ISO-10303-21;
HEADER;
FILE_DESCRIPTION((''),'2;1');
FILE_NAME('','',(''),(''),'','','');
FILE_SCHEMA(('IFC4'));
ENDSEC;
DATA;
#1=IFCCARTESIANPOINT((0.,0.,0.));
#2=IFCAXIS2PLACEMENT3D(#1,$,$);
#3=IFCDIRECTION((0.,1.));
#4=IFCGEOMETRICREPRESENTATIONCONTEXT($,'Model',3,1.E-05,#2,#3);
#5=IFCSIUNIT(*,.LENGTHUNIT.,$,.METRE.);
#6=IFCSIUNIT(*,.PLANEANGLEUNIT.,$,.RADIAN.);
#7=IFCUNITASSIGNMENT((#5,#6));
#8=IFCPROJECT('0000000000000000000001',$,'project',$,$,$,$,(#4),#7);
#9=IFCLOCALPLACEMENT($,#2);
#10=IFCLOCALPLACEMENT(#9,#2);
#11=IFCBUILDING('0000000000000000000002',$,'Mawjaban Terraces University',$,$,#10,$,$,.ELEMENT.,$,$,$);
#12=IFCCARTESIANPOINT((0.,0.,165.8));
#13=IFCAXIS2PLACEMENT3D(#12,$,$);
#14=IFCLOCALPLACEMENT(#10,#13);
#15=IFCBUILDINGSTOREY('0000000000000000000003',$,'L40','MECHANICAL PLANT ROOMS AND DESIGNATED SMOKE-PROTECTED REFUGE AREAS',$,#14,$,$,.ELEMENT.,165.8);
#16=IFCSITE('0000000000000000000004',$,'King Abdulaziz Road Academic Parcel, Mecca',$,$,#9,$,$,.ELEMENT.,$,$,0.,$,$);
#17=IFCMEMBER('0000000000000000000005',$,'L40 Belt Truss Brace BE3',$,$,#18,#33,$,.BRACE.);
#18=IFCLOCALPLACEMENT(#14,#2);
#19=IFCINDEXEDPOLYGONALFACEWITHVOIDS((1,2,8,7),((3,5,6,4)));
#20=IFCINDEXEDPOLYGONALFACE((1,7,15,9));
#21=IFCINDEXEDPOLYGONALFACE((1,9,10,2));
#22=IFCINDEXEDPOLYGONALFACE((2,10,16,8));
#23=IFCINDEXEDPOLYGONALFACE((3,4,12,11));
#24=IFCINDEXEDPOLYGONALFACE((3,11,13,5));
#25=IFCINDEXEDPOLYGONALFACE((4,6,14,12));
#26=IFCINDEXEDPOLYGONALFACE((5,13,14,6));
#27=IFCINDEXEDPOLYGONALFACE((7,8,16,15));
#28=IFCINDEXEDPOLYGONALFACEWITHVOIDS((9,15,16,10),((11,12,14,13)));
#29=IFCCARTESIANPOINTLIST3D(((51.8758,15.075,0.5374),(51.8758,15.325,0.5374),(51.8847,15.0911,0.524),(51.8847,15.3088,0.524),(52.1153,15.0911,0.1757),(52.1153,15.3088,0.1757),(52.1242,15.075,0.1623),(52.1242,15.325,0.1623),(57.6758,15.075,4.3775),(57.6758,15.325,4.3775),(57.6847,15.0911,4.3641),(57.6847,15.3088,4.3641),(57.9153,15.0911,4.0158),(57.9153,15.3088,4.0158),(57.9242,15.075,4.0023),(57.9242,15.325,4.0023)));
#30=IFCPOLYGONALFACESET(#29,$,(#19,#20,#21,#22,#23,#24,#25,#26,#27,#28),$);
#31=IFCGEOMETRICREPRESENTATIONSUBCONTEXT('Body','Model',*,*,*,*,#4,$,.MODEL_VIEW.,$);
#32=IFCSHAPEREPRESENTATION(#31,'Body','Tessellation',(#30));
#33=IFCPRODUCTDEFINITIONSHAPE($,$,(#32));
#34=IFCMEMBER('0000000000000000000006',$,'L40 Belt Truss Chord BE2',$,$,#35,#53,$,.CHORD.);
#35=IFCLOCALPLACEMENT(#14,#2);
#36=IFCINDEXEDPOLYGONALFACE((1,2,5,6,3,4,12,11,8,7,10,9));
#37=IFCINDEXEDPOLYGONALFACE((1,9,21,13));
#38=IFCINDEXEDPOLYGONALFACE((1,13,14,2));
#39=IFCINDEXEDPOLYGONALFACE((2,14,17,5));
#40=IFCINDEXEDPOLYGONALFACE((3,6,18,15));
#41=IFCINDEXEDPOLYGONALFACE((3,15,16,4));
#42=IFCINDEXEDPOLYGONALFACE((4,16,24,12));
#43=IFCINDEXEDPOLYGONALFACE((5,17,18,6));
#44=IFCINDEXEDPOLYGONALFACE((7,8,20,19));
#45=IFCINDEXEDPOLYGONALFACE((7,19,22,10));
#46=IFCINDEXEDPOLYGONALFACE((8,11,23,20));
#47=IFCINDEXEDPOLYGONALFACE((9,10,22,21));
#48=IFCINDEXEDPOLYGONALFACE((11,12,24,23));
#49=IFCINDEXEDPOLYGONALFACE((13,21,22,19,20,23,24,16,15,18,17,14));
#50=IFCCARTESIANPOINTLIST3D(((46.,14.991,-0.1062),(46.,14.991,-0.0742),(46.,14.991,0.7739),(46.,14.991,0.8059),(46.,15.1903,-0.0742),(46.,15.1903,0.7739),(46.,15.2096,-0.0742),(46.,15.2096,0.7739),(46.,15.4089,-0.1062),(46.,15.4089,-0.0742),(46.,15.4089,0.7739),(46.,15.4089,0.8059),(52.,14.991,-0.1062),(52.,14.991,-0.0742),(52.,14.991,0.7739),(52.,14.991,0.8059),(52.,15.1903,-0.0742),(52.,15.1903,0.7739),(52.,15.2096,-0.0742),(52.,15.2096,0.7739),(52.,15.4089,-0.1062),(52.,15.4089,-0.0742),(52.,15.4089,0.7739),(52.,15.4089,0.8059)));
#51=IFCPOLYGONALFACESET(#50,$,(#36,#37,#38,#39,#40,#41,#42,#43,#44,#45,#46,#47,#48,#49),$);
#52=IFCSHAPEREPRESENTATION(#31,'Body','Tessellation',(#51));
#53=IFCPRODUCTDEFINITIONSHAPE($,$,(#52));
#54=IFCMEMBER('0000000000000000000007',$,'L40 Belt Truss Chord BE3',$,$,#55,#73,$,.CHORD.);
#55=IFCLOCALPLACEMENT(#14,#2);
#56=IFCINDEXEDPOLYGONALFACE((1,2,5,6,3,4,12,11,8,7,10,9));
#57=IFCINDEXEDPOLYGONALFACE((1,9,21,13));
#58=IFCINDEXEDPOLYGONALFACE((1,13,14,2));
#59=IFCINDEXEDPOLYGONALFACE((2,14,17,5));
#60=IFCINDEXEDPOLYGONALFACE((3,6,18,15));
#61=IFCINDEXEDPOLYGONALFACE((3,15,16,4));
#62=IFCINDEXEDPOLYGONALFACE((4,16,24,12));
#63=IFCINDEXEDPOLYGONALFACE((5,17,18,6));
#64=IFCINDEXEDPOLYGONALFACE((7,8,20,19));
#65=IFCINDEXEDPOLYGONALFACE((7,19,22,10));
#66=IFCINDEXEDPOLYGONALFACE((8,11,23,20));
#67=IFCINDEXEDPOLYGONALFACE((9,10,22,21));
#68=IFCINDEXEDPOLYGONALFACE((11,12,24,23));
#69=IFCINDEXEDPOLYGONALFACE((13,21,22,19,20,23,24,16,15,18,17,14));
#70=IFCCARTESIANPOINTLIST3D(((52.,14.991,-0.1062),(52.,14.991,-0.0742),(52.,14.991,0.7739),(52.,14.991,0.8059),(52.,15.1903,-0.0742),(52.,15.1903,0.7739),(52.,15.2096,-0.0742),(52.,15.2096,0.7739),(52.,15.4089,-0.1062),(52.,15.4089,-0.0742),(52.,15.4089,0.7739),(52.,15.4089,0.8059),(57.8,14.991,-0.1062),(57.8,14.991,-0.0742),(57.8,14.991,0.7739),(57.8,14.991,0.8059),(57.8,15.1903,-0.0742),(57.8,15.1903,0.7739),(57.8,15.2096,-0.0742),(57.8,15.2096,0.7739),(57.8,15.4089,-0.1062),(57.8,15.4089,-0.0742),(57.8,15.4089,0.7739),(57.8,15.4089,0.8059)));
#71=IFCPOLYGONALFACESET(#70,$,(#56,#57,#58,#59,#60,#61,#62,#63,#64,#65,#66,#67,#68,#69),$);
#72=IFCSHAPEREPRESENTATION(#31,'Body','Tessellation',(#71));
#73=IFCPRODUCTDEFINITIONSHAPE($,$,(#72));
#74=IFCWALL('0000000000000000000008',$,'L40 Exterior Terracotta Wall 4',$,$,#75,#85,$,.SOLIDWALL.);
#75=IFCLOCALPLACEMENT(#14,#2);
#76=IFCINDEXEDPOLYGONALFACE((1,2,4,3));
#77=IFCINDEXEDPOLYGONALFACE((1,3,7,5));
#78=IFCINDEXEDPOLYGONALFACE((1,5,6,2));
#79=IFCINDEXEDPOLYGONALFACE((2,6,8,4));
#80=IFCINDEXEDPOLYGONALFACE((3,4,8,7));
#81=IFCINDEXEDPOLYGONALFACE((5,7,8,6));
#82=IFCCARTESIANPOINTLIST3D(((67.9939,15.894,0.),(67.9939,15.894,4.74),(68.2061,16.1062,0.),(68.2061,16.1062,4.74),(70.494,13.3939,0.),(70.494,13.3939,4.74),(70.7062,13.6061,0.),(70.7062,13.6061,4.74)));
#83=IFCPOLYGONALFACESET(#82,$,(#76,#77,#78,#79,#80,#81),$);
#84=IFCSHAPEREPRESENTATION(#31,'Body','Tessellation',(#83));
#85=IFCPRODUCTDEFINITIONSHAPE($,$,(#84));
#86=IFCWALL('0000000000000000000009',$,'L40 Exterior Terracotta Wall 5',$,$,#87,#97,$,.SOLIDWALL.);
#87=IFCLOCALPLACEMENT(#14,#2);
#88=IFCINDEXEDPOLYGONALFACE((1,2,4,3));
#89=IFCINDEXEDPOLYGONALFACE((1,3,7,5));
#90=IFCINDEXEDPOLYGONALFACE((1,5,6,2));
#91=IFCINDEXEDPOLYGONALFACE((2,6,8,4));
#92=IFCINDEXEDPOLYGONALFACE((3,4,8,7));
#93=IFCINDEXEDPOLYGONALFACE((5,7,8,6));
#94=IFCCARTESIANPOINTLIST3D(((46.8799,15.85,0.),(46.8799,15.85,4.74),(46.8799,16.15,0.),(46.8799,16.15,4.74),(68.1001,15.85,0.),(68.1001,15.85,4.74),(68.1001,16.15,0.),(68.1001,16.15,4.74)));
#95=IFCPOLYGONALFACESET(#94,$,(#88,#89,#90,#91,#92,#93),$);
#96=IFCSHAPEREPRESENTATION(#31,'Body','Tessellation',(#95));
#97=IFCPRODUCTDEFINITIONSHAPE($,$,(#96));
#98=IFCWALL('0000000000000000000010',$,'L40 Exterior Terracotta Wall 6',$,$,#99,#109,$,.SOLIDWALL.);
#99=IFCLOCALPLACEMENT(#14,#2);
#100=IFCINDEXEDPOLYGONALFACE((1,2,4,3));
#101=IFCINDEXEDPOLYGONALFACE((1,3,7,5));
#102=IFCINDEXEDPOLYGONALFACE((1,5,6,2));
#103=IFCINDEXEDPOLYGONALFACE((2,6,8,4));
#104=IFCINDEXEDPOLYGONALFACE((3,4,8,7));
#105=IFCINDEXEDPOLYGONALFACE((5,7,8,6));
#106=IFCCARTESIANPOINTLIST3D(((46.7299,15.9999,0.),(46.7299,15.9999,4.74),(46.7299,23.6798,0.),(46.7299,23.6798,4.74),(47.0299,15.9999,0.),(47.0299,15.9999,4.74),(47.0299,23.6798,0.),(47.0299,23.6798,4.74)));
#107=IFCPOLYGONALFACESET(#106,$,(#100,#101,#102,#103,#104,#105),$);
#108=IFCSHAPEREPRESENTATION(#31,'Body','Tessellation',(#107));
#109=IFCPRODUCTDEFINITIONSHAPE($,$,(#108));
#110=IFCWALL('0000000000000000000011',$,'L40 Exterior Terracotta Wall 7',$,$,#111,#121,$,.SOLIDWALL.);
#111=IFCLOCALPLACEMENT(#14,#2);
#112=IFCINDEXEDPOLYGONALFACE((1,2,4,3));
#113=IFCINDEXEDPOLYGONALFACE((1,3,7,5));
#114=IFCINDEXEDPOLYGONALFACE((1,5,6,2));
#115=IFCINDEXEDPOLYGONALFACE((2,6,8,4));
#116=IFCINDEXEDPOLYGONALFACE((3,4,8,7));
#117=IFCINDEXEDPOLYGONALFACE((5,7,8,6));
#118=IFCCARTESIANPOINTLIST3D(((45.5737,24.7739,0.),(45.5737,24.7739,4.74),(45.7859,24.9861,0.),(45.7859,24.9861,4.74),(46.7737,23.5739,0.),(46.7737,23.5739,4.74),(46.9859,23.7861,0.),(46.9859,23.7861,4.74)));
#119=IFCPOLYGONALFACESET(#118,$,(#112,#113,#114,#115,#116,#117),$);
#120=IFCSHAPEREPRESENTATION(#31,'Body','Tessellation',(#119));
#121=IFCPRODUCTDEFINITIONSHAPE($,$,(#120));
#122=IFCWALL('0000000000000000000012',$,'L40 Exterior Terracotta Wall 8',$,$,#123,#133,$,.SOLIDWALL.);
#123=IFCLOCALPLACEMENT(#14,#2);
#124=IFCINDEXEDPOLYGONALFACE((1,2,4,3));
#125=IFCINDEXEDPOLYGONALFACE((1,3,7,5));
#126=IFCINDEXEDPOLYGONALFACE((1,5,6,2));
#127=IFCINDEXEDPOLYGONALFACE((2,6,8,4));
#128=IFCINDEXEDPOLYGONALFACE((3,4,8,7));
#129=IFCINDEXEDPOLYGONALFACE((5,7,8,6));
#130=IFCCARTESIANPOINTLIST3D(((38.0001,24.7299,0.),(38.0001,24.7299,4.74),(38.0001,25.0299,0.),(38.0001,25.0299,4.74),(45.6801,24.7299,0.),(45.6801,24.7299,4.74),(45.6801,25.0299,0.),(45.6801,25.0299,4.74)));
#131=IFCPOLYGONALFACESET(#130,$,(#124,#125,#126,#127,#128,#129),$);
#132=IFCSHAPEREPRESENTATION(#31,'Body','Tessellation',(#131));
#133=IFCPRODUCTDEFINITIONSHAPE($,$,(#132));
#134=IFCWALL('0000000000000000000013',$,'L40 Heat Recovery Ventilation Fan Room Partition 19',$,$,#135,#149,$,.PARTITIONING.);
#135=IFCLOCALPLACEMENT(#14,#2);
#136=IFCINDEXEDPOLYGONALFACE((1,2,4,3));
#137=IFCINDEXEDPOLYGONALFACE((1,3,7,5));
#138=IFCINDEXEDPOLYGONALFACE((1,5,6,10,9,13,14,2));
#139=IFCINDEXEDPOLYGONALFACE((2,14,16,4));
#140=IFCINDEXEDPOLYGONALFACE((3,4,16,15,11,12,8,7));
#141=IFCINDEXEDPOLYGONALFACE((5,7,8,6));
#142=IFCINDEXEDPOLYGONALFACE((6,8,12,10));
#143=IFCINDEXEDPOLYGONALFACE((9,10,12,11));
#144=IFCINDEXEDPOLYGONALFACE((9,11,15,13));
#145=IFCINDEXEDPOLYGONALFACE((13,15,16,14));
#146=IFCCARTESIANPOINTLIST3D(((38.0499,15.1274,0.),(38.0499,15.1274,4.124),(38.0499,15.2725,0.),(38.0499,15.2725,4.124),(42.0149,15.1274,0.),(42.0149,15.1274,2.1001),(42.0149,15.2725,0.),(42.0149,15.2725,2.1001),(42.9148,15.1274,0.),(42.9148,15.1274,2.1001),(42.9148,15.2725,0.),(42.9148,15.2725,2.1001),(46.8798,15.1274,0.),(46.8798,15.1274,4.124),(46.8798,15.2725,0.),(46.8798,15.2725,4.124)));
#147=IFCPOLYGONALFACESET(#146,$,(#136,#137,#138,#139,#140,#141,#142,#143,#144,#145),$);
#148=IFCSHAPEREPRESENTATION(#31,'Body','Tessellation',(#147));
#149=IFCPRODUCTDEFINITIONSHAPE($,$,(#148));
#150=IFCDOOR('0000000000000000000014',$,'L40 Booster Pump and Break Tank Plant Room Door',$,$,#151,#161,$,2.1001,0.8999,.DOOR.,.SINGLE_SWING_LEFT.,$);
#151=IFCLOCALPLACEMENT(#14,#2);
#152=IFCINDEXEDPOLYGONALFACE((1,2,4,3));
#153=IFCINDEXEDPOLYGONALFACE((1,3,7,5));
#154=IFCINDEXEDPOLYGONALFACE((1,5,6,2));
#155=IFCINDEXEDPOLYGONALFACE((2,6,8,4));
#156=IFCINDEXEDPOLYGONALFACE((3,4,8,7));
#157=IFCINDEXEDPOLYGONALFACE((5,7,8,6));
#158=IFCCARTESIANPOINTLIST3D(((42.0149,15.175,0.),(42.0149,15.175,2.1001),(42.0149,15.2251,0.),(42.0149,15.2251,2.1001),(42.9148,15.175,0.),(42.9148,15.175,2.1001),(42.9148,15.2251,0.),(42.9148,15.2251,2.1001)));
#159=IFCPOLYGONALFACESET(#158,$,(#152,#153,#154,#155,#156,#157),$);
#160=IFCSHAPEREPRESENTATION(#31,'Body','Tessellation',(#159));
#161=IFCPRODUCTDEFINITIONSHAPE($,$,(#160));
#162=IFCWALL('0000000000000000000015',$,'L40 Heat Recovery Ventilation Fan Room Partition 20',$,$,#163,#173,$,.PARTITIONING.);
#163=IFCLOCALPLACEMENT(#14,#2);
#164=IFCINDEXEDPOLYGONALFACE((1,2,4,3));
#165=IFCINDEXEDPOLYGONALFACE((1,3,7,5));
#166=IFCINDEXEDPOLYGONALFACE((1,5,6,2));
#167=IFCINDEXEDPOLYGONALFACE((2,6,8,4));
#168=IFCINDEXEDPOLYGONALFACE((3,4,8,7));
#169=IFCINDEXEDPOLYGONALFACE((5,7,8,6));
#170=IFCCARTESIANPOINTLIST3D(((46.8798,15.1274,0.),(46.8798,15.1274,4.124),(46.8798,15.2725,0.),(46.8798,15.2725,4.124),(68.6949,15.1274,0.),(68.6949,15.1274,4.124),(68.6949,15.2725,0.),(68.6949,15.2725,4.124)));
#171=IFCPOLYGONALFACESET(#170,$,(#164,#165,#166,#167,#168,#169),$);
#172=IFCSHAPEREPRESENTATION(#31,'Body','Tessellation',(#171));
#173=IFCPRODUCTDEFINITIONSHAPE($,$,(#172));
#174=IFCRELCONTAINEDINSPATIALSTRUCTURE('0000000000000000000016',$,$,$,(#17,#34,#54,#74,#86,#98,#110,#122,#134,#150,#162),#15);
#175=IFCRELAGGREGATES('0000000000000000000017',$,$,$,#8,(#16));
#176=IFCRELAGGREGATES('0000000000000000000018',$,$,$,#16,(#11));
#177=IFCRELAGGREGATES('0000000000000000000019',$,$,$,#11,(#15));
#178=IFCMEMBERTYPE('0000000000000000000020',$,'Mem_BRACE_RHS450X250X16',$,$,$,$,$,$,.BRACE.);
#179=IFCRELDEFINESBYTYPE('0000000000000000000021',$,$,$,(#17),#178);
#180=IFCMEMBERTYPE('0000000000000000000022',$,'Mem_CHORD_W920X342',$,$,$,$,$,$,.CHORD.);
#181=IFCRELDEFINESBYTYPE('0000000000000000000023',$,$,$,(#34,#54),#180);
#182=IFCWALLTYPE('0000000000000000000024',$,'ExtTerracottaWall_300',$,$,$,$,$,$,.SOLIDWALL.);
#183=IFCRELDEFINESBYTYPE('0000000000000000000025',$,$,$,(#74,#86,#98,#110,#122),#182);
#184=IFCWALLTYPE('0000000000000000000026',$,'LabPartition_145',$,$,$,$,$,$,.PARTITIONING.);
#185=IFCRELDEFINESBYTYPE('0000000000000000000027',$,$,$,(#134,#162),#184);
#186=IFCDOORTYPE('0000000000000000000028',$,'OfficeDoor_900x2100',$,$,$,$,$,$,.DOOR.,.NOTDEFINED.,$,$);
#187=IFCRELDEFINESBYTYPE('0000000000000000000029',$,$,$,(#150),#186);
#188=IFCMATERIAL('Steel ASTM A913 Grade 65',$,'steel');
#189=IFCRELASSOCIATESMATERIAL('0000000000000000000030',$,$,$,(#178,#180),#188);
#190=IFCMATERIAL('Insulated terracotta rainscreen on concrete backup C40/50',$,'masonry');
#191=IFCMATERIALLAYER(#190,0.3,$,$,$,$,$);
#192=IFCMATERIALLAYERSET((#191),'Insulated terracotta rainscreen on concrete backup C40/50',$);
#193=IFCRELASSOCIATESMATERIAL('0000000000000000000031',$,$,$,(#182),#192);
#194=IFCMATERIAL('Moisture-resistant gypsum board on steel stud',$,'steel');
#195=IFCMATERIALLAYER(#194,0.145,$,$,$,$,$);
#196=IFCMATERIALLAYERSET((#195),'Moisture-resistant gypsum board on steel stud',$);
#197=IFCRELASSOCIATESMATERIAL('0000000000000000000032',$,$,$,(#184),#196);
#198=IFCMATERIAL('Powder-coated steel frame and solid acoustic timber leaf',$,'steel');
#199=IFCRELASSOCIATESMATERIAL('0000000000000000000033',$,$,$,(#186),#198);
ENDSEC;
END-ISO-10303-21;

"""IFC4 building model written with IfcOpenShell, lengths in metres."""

from ifc_helpers import new_model, si_unit, direction, frame, frame_2d, origin, origin_2d, place, context, subcontext, project, spatial, rectangle, hollow_rectangle, i_section, extrude, material, layer, layer_set, material_profile, profile_set, type_object, element, fill, save


model = new_model("IFC4")

# Units and contexts
model_context = context("Model", 3, precision=1e-05, world=origin(), true_north=direction((0.0, 1.0)))
body_context = subcontext(model_context, "Body", "Model", "MODEL_VIEW")
ifc_project = project(units=[si_unit("LENGTHUNIT", "METRE"), si_unit("PLANEANGLEUNIT", "RADIAN")], contexts=[model_context])

# Site, building, storey
site_placement = place(None, origin())
site = spatial("IfcSite", under=ifc_project, at=site_placement, Name="King Abdulaziz Road Academic Parcel, Mecca", CompositionType="ELEMENT", RefElevation=0.0)
building_placement = place(site_placement, origin())
building = spatial("IfcBuilding", under=site, at=building_placement, Name="Mawjaban Terraces University", CompositionType="ELEMENT")
storey_placement = place(building_placement, frame((0.0, 0.0, 165.8)))
storey = spatial("IfcBuildingStorey", under=building, at=storey_placement, Name="L40", Description="MECHANICAL PLANT ROOMS AND DESIGNATED SMOKE-PROTECTED REFUGE AREAS", CompositionType="ELEMENT", Elevation=165.8)

# Members
ifc_material_1 = material(Name="Steel ASTM A913 Grade 65", Category="steel")
ifc_material_profile_1 = material_profile(ifc_material_1, hollow_rectangle(XDim=0.25, YDim=0.45, WallThickness=0.0161, at=origin_2d()), Name="RHS450X250X16")
ifc_profile_set_1 = profile_set([ifc_material_profile_1], Name="Steel ASTM A913 Grade 65")
member_type_1 = type_object("IfcMemberType", Name="Mem_BRACE_RHS450X250X16", PredefinedType="BRACE", material=ifc_profile_set_1)
member_1_placement = place(storey_placement, frame((52.0, 15.2, 0.3499), z_axis=(0.833812, 0.0, 0.552049), x_axis=(0.0, 1.0, 0.0)))
element("IfcMember", 1, at=member_1_placement, inside=storey, type_object=member_type_1, Name="L40 Belt Truss Brace BE3", PredefinedType="BRACE", context=body_context, shape_type="SweptSolid", body=[
    extrude(hollow_rectangle(XDim=0.25, YDim=0.45, WallThickness=0.0161, at=origin_2d()), origin(), (0.0, 0.0, 1.0), 6.9561),
])
ifc_material_profile_2 = material_profile(ifc_material_1, i_section(OverallWidth=0.418, OverallDepth=0.9121, WebThickness=0.0193, FlangeThickness=0.032, at=origin_2d()), Name="W920X342")
ifc_profile_set_2 = profile_set([ifc_material_profile_2], Name="Steel ASTM A913 Grade 65")
member_type_2 = type_object("IfcMemberType", Name="Mem_CHORD_W920X342", PredefinedType="CHORD", material=ifc_profile_set_2)
member_2_placement = place(storey_placement, frame((46.0, 15.2, 0.3499), z_axis=(1.0, 0.0, 0.0), x_axis=(0.0, 1.0, 0.0)))
element("IfcMember", 2, at=member_2_placement, inside=storey, type_object=member_type_2, Name="L40 Belt Truss Chord BE2", PredefinedType="CHORD", context=body_context, shape_type="SweptSolid", body=[
    extrude(i_section(OverallWidth=0.418, OverallDepth=0.9121, WebThickness=0.0193, FlangeThickness=0.032, at=origin_2d()), origin(), (0.0, 0.0, 1.0), 6.0),
])
member_3_placement = place(storey_placement, frame((52.0, 15.2, 0.3499), z_axis=(1.0, 0.0, 0.0), x_axis=(0.0, 1.0, 0.0)))
element("IfcMember", 3, at=member_3_placement, inside=storey, type_object=member_type_2, Name="L40 Belt Truss Chord BE3", PredefinedType="CHORD", context=body_context, shape_type="SweptSolid", body=[
    extrude(i_section(OverallWidth=0.418, OverallDepth=0.9121, WebThickness=0.0193, FlangeThickness=0.032, at=origin_2d()), origin(), (0.0, 0.0, 1.0), 5.8),
])

# Walls
ifc_material_2 = material(Name="Insulated terracotta rainscreen on concrete backup C40/50", Category="masonry")
ifc_layer_1 = layer(ifc_material_2, 0.3)
ifc_layer_set_1 = layer_set([ifc_layer_1], Name="Insulated terracotta rainscreen on concrete backup C40/50")
wall_type_1 = type_object("IfcWallType", Name="ExtTerracottaWall_300", PredefinedType="SOLIDWALL", material=ifc_layer_set_1)
wall_1_placement = place(storey_placement, frame((70.6001, 13.5, 0.0), z_axis=(0.0, 0.0, 1.0), x_axis=(-0.707107, 0.707107, 0.0)))
element("IfcWall", 4, at=wall_1_placement, inside=storey, type_object=wall_type_1, Name="L40 Exterior Terracotta Wall 4", PredefinedType="SOLIDWALL", context=body_context, shape_type="SweptSolid", body=[
    extrude(rectangle(XDim=3.5356, YDim=0.3, at=frame_2d((1.7678, 0.0))), origin(), (0.0, 0.0, 1.0), 4.74),
])
wall_2_placement = place(storey_placement, frame((68.1001, 16.0, 0.0), z_axis=(0.0, 0.0, 1.0), x_axis=(-1.0, 0.0, 0.0)))
element("IfcWall", 5, at=wall_2_placement, inside=storey, type_object=wall_type_1, Name="L40 Exterior Terracotta Wall 5", PredefinedType="SOLIDWALL", context=body_context, shape_type="SweptSolid", body=[
    extrude(rectangle(XDim=21.2202, YDim=0.3, at=frame_2d((10.6101, 0.0))), origin(), (0.0, 0.0, 1.0), 4.74),
])
wall_3_placement = place(storey_placement, frame((46.8799, 16.0, 0.0), z_axis=(0.0, 0.0, 1.0), x_axis=(0.0, 1.0, 0.0)))
element("IfcWall", 6, at=wall_3_placement, inside=storey, type_object=wall_type_1, Name="L40 Exterior Terracotta Wall 6", PredefinedType="SOLIDWALL", context=body_context, shape_type="SweptSolid", body=[
    extrude(rectangle(XDim=7.6799, YDim=0.3, at=frame_2d((3.8398, 0.0))), origin(), (0.0, 0.0, 1.0), 4.74),
])
wall_4_placement = place(storey_placement, frame((46.8799, 23.6799, 0.0), z_axis=(0.0, 0.0, 1.0), x_axis=(-0.707107, 0.707107, 0.0)))
element("IfcWall", 7, at=wall_4_placement, inside=storey, type_object=wall_type_1, Name="L40 Exterior Terracotta Wall 7", PredefinedType="SOLIDWALL", context=body_context, shape_type="SweptSolid", body=[
    extrude(rectangle(XDim=1.697, YDim=0.3, at=frame_2d((0.8486, 0.0))), origin(), (0.0, 0.0, 1.0), 4.74),
])
wall_5_placement = place(storey_placement, frame((45.6799, 24.8799, 0.0), z_axis=(0.0, 0.0, 1.0), x_axis=(-1.0, 0.0, 0.0)))
element("IfcWall", 8, at=wall_5_placement, inside=storey, type_object=wall_type_1, Name="L40 Exterior Terracotta Wall 8", PredefinedType="SOLIDWALL", context=body_context, shape_type="SweptSolid", body=[
    extrude(rectangle(XDim=7.6799, YDim=0.3, at=frame_2d((3.8398, 0.0))), origin(), (0.0, 0.0, 1.0), 4.74),
])

# Wall, opening, door
ifc_material_3 = material(Name="Moisture-resistant gypsum board on steel stud", Category="steel")
ifc_layer_2 = layer(ifc_material_3, 0.145)
ifc_layer_set_2 = layer_set([ifc_layer_2], Name="Moisture-resistant gypsum board on steel stud")
wall_type_2 = type_object("IfcWallType", Name="LabPartition_145", PredefinedType="PARTITIONING", material=ifc_layer_set_2)
wall_6_placement = place(storey_placement, frame((46.8799, 15.2, 0.0), z_axis=(0.0, 0.0, 1.0), x_axis=(-1.0, 0.0, 0.0)))
wall_6 = element("IfcWall", 9, at=wall_6_placement, inside=storey, type_object=wall_type_2, Name="L40 Heat Recovery Ventilation Fan Room Partition 19", PredefinedType="PARTITIONING", context=body_context, shape_type="SweptSolid", body=[
    extrude(rectangle(XDim=8.8298, YDim=0.145, at=frame_2d((4.415, 0.0))), origin(), (0.0, 0.0, 1.0), 4.124),
])
opening_placement = place(wall_6_placement, frame((3.9651, 0.0, 0.0)))
opening = element("IfcOpeningElement", 10, at=opening_placement, cuts=wall_6, PredefinedType="OPENING", context=body_context, shape_type="SweptSolid", body=[
    extrude(rectangle(XDim=0.8999, YDim=2.1001, at=frame_2d((0.45, 1.05))), frame((0.0, 0.0825, 0.0), z_axis=(0.0, -1.0, 0.0), x_axis=(1.0, 0.0, 0.0)), (0.0, 0.0, 1.0), 0.165),
])
ifc_material_4 = material(Name="Powder-coated steel frame and solid acoustic timber leaf", Category="steel")
door_type = type_object("IfcDoorType", Name="OfficeDoor_900x2100", OperationType="NOTDEFINED", PredefinedType="DOOR", material=ifc_material_4)
door_placement = place(opening_placement, origin())
door = element("IfcDoor", 11, at=door_placement, inside=storey, type_object=door_type, Name="L40 Booster Pump and Break Tank Plant Room Door", OperationType="SINGLE_SWING_LEFT", OverallHeight=2.1001, OverallWidth=0.8999, PredefinedType="DOOR", context=body_context, shape_type="SweptSolid", body=[
    extrude(rectangle(XDim=0.8999, YDim=2.1001, at=frame_2d((0.45, 1.05))), frame((0.0, 0.0249, 0.0), z_axis=(0.0, -1.0, 0.0), x_axis=(1.0, 0.0, 0.0)), (0.0, 0.0, 1.0), 0.05),
])
fill(opening, door)

# Wall
wall_7_placement = place(storey_placement, frame((68.6951, 15.2, 0.0), z_axis=(0.0, 0.0, 1.0), x_axis=(-1.0, 0.0, 0.0)))
element("IfcWall", 12, at=wall_7_placement, inside=storey, type_object=wall_type_2, Name="L40 Heat Recovery Ventilation Fan Room Partition 20", PredefinedType="PARTITIONING", context=body_context, shape_type="SweptSolid", body=[
    extrude(rectangle(XDim=21.8152, YDim=0.145, at=frame_2d((10.9077, 0.0))), origin(), (0.0, 0.0, 1.0), 4.124),
])

save(model, "model.ifc")
